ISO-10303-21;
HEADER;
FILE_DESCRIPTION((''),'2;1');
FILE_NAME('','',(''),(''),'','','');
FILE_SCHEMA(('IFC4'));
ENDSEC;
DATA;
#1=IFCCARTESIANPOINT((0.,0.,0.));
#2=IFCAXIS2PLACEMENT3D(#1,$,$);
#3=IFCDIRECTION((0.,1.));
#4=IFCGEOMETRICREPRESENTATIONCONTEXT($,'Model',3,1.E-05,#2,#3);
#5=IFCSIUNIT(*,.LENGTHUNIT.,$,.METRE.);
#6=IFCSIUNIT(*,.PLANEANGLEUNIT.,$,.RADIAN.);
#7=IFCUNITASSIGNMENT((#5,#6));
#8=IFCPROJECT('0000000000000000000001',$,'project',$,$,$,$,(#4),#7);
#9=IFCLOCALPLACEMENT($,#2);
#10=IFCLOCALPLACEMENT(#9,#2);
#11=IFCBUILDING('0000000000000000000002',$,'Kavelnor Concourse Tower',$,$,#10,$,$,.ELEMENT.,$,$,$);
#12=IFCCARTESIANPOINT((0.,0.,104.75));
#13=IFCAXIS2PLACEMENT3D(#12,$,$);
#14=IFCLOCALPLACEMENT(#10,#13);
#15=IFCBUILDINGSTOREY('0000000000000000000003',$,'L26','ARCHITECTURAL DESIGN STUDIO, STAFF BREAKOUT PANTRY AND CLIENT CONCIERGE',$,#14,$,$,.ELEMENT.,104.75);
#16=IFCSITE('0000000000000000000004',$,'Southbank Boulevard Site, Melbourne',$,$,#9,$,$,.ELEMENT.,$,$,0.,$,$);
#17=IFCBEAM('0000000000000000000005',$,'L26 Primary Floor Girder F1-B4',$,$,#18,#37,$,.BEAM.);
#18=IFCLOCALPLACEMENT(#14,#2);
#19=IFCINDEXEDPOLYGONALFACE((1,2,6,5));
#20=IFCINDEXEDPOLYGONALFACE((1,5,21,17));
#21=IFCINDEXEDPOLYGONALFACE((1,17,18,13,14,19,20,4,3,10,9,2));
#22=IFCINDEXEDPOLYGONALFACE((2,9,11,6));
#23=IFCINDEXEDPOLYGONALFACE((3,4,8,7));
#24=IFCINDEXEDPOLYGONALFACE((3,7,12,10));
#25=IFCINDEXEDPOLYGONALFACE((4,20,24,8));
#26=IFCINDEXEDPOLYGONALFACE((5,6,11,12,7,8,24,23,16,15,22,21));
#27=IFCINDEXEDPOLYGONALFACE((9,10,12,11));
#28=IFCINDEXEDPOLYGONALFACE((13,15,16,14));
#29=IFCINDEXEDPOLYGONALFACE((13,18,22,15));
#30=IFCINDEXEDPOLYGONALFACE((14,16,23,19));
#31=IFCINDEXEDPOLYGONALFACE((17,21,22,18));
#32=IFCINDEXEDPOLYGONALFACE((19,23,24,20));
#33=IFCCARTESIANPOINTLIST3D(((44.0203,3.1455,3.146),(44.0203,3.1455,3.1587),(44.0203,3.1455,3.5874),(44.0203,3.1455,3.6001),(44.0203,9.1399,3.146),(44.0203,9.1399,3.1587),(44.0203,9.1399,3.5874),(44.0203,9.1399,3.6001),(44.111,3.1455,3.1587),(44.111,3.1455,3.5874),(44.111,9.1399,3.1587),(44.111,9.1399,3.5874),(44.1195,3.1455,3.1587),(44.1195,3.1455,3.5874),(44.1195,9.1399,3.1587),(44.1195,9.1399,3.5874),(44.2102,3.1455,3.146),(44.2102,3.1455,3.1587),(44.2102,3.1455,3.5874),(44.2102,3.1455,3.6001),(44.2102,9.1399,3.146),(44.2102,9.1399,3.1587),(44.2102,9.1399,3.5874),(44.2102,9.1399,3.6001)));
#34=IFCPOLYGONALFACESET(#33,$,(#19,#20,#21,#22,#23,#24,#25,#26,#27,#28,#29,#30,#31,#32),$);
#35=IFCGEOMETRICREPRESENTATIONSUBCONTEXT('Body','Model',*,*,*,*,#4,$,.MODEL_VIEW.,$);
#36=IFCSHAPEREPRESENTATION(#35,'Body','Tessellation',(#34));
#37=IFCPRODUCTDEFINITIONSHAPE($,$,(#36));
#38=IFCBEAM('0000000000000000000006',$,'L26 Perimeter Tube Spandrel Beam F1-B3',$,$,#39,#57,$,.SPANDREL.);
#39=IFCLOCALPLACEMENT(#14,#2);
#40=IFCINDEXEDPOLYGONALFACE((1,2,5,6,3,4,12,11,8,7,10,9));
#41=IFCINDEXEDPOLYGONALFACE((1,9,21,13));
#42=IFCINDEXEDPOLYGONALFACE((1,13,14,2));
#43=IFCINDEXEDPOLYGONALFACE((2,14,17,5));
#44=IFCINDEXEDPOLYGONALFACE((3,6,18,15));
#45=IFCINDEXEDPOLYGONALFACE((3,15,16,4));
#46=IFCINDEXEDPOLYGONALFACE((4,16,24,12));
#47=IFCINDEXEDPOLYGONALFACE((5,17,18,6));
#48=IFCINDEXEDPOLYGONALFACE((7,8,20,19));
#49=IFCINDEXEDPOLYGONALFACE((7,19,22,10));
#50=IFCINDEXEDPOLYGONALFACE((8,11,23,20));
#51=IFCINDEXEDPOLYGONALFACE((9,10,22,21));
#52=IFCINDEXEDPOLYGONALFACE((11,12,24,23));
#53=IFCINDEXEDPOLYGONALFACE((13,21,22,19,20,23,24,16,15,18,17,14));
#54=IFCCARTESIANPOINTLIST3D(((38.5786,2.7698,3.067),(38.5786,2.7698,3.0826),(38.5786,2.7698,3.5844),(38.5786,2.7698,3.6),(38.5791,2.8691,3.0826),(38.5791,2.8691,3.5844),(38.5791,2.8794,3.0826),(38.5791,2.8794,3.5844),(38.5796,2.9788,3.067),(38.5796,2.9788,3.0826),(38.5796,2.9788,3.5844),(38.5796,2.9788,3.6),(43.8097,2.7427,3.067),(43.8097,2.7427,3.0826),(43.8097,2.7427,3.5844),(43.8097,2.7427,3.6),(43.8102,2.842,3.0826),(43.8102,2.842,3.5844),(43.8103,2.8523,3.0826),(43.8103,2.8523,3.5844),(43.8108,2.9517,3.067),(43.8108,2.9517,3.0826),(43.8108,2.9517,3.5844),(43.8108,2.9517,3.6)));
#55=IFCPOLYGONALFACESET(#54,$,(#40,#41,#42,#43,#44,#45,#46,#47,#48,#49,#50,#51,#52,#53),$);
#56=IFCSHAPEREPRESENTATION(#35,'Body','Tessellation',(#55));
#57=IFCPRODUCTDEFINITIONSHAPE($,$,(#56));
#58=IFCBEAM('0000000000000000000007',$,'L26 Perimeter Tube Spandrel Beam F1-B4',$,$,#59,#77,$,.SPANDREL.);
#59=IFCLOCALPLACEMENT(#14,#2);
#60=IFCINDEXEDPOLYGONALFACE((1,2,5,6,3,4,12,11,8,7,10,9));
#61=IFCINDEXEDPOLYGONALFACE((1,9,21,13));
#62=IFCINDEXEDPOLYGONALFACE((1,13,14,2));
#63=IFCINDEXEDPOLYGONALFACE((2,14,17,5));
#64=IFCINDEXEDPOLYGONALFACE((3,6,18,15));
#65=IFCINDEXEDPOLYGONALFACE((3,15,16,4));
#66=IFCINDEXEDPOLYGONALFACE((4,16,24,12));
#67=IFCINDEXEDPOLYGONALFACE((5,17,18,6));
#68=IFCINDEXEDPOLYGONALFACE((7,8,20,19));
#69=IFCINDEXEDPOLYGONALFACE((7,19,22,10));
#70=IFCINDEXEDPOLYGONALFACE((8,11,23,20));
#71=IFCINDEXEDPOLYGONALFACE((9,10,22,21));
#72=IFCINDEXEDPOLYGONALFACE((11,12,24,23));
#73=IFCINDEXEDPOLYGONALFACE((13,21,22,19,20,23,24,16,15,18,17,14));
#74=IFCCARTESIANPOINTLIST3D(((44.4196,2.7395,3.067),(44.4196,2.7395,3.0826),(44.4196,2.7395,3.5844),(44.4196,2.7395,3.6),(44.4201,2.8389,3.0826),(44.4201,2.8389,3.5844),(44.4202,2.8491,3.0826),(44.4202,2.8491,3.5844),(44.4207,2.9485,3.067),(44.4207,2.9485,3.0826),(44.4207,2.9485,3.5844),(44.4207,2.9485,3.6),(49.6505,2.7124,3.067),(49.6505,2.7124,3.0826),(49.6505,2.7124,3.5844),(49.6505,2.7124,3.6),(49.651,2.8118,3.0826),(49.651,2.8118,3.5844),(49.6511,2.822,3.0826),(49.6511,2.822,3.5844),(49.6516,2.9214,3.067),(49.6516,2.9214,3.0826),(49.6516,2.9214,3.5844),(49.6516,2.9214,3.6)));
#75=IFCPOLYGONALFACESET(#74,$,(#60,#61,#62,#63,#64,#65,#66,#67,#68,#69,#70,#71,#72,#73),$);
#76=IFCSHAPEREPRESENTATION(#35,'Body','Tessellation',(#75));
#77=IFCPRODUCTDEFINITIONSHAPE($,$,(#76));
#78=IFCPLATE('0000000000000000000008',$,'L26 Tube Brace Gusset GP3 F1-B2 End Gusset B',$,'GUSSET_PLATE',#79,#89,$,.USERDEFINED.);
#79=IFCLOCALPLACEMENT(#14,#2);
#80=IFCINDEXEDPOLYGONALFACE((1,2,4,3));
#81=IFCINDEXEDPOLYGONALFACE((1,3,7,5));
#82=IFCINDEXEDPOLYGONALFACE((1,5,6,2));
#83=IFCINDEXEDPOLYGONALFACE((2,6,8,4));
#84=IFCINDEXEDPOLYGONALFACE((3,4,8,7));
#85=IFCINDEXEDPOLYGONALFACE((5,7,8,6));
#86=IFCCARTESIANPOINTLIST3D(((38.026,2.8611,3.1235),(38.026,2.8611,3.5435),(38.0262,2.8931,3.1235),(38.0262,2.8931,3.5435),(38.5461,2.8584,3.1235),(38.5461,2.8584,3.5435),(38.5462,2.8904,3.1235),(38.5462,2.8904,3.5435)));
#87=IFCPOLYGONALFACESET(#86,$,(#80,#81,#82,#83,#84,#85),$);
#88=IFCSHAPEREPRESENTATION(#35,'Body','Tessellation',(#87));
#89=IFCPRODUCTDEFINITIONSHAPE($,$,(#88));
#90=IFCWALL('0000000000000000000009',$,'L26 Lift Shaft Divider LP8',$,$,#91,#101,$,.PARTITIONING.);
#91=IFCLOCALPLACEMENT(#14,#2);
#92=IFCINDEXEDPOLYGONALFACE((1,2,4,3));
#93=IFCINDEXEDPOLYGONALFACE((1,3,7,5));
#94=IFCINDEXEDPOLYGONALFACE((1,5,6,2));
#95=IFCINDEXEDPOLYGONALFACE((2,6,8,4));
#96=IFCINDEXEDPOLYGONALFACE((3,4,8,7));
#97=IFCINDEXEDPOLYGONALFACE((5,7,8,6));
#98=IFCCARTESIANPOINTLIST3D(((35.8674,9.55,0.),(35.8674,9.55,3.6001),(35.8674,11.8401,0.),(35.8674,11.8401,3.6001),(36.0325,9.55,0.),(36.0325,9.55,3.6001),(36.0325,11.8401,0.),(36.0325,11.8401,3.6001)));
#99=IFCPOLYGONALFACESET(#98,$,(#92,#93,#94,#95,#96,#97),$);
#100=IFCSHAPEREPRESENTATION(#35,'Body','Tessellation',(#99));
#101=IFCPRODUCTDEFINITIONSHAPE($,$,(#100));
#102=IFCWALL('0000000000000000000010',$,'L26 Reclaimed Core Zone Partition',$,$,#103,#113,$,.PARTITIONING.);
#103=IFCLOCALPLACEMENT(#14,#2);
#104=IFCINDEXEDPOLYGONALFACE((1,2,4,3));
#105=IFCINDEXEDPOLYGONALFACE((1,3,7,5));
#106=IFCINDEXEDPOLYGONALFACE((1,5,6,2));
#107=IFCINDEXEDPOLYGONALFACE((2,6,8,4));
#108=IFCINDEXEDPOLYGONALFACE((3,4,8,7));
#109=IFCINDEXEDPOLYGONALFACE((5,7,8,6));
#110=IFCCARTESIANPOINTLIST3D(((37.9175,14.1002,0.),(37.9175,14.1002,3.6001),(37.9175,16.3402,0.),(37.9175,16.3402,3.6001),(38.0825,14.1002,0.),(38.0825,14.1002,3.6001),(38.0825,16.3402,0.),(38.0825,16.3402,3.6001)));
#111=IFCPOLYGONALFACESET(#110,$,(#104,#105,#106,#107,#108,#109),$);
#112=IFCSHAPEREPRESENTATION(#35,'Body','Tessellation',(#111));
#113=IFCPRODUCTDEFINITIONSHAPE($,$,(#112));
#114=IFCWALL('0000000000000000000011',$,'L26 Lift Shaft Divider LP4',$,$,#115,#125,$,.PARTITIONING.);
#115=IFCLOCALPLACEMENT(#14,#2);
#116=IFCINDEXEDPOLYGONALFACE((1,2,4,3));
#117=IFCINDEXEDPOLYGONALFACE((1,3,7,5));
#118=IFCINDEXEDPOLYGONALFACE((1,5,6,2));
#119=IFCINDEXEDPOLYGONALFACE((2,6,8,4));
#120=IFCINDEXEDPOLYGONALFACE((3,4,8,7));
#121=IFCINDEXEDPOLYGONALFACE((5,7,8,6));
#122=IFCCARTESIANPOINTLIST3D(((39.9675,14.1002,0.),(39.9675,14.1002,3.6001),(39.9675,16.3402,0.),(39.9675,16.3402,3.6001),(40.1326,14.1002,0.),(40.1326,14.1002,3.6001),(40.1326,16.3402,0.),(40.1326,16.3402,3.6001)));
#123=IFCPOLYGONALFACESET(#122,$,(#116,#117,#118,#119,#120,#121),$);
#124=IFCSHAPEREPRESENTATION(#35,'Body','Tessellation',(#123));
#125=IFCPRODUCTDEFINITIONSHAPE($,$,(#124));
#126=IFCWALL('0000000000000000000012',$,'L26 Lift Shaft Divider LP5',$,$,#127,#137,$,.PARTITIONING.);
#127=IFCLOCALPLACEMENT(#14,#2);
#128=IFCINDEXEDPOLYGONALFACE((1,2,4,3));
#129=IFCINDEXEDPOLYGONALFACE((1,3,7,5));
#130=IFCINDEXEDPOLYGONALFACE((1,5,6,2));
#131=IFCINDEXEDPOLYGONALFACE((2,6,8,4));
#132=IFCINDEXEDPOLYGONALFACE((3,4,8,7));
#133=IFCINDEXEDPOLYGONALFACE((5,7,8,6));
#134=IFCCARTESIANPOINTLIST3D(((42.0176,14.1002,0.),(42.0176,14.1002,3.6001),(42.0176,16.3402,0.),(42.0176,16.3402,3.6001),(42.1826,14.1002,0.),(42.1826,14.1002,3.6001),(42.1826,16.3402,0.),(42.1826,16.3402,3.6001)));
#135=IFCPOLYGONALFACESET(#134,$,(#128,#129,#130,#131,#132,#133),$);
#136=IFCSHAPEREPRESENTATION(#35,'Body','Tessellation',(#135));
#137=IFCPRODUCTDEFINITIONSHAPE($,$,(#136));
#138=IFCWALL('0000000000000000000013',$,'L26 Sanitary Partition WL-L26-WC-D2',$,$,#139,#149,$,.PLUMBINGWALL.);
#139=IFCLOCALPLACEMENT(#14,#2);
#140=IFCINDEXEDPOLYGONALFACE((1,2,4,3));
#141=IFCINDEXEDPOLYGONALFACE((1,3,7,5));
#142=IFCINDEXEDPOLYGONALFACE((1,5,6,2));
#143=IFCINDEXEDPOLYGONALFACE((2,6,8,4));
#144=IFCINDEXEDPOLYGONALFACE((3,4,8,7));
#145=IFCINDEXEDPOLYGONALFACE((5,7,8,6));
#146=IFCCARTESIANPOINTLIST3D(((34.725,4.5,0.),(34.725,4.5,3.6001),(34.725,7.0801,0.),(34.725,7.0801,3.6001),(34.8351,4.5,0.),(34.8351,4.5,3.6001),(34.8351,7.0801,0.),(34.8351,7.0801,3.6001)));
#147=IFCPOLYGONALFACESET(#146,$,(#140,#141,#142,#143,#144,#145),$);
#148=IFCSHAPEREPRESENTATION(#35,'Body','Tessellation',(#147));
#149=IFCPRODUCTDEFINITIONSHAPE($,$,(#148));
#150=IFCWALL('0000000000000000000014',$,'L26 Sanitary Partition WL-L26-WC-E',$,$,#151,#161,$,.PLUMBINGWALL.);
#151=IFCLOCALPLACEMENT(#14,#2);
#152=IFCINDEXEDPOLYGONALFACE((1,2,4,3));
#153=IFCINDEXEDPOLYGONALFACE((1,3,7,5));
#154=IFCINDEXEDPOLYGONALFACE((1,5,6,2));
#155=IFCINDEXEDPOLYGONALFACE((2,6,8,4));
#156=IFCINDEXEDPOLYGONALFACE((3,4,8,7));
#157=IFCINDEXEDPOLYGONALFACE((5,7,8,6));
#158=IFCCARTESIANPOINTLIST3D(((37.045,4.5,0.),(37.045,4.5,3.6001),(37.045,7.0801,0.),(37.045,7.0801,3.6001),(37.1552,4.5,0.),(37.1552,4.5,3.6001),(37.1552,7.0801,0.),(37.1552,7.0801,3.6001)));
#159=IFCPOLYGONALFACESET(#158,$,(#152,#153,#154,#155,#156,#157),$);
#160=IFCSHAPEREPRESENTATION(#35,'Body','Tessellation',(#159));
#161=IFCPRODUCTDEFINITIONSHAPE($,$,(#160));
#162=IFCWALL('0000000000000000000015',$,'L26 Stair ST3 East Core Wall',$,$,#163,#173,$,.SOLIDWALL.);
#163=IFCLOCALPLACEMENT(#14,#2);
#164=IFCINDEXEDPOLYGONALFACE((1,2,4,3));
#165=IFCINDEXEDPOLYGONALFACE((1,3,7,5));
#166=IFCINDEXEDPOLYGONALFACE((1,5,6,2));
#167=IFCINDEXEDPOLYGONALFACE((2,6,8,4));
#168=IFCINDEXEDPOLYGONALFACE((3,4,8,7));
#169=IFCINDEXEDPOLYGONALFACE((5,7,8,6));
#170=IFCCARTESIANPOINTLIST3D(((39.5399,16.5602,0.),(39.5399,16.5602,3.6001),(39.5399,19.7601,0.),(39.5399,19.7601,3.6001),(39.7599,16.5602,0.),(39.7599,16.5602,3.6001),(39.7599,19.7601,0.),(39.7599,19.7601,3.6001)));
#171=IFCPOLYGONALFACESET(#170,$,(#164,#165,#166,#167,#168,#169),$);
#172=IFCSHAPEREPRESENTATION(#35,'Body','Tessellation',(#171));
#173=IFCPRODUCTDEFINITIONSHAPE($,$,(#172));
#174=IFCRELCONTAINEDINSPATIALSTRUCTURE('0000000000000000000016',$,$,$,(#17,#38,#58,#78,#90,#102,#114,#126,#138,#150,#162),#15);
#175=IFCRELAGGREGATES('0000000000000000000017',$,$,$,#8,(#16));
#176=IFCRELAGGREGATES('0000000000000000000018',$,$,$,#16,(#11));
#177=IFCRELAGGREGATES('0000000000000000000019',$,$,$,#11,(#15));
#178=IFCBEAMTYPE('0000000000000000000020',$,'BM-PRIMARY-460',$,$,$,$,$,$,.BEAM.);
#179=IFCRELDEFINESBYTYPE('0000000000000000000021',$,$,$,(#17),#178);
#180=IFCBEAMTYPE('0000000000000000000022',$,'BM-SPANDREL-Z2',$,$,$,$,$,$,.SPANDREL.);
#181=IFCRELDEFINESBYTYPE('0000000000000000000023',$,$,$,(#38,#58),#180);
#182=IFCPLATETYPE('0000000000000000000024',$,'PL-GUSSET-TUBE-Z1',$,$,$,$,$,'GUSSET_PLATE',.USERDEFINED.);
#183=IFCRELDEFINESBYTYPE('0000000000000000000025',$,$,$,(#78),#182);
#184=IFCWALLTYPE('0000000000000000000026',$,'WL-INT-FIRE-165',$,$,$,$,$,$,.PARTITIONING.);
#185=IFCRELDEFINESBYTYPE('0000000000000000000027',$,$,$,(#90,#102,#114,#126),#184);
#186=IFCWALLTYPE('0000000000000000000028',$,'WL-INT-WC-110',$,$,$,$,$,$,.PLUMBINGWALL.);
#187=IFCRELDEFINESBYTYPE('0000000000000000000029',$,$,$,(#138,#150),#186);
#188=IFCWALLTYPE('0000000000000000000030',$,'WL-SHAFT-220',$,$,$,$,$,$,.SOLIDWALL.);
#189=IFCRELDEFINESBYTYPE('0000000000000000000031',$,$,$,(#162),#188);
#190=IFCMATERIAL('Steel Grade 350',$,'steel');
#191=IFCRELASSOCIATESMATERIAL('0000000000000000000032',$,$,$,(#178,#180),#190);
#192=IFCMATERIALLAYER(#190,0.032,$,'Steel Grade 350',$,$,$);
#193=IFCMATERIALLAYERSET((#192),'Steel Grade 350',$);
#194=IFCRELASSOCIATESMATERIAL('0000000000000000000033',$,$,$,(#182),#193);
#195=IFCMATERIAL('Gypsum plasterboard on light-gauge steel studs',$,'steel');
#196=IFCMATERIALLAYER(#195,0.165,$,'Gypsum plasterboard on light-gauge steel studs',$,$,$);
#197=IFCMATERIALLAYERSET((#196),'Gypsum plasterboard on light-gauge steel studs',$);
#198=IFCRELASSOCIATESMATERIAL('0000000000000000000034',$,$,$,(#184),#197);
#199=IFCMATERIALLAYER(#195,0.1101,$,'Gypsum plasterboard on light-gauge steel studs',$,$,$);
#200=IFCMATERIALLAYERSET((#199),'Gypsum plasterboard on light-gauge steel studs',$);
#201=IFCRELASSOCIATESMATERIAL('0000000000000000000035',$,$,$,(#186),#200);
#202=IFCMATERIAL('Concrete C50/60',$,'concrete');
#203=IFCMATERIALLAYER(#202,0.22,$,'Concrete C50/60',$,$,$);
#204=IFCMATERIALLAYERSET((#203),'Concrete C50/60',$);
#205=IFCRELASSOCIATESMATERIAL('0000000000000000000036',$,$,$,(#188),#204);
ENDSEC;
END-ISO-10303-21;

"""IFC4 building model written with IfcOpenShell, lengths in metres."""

from ifc_helpers import new_model, si_unit, direction, frame, frame_2d, origin, origin_2d, place, context, subcontext, project, spatial, rectangle, i_section, extrude, material, layer, layer_set, material_profile, profile_set, type_object, element, save


model = new_model("IFC4")

# Units and contexts
model_context = context("Model", 3, precision=1e-05, world=origin(), true_north=direction((0.0, 1.0)))
body_context = subcontext(model_context, "Body", "Model", "MODEL_VIEW")
ifc_project = project(units=[si_unit("LENGTHUNIT", "METRE"), si_unit("PLANEANGLEUNIT", "RADIAN")], contexts=[model_context])

# Site, building, storey
site_placement = place(None, origin())
site = spatial("IfcSite", under=ifc_project, at=site_placement, Name="Southbank Boulevard Site, Melbourne", CompositionType="ELEMENT", RefElevation=0.0)
building_placement = place(site_placement, origin())
building = spatial("IfcBuilding", under=site, at=building_placement, Name="Kavelnor Concourse Tower", CompositionType="ELEMENT")
storey_placement = place(building_placement, frame((0.0, 0.0, 104.75)))
storey = spatial("IfcBuildingStorey", under=building, at=storey_placement, Name="L26", Description="ARCHITECTURAL DESIGN STUDIO, STAFF BREAKOUT PANTRY AND CLIENT CONCIERGE", CompositionType="ELEMENT", Elevation=104.75)

# Shared definitions
ifc_material_1 = material(Name="Steel Grade 350", Category="steel")

# Beams
ifc_material_profile_1 = material_profile(ifc_material_1, i_section(OverallWidth=0.1899, OverallDepth=0.4541, WebThickness=0.0085, FlangeThickness=0.0127, at=origin_2d()), Name="460UB67")
ifc_profile_set_1 = profile_set([ifc_material_profile_1], Name="Steel Grade 350")
beam_type_1 = type_object("IfcBeamType", Name="BM-PRIMARY-460", PredefinedType="BEAM", material=ifc_profile_set_1)
beam_1_placement = place(storey_placement, frame((44.1152, 9.1399, 3.373), z_axis=(0.0, -1.0, 0.0), x_axis=(1.0, 0.0, 0.0)))
element("IfcBeam", 1, at=beam_1_placement, inside=storey, type_object=beam_type_1, Name="L26 Primary Floor Girder F1-B4", PredefinedType="BEAM", context=body_context, shape_type="SweptSolid", body=[
    extrude(i_section(OverallWidth=0.1899, OverallDepth=0.4541, WebThickness=0.0085, FlangeThickness=0.0127, at=origin_2d()), origin(), (0.0, 0.0, 1.0), 5.9944),
])
ifc_material_profile_2 = material_profile(ifc_material_1, i_section(OverallWidth=0.209, OverallDepth=0.533, WebThickness=0.0103, FlangeThickness=0.0156, at=origin_2d()), Name="530UB92")
ifc_profile_set_2 = profile_set([ifc_material_profile_2], Name="Steel Grade 350")
beam_type_2 = type_object("IfcBeamType", Name="BM-SPANDREL-Z2", PredefinedType="SPANDREL", material=ifc_profile_set_2)
beam_2_placement = place(storey_placement, frame((38.5791, 2.8743, 3.3335), z_axis=(0.999987, -0.00518, 0.0), x_axis=(0.00518, 0.999987, 0.0)))
element("IfcBeam", 2, at=beam_2_placement, inside=storey, type_object=beam_type_2, Name="L26 Perimeter Tube Spandrel Beam F1-B3", PredefinedType="SPANDREL", context=body_context, shape_type="SweptSolid", body=[
    extrude(i_section(OverallWidth=0.209, OverallDepth=0.533, WebThickness=0.0103, FlangeThickness=0.0156, at=origin_2d()), origin(), (0.0, 0.0, 1.0), 5.2312),
])
beam_3_placement = place(storey_placement, frame((44.4202, 2.844, 3.3335), z_axis=(0.999987, -0.005181, 0.0), x_axis=(0.005181, 0.999987, 0.0)))
element("IfcBeam", 3, at=beam_3_placement, inside=storey, type_object=beam_type_2, Name="L26 Perimeter Tube Spandrel Beam F1-B4", PredefinedType="SPANDREL", context=body_context, shape_type="SweptSolid", body=[
    extrude(i_section(OverallWidth=0.209, OverallDepth=0.533, WebThickness=0.0103, FlangeThickness=0.0156, at=origin_2d()), origin(), (0.0, 0.0, 1.0), 5.231),
])

# Plate
ifc_layer_1 = layer(ifc_material_1, 0.032, Name="Steel Grade 350")
ifc_layer_set_1 = layer_set([ifc_layer_1], Name="Steel Grade 350")
plate_type = type_object("IfcPlateType", Name="PL-GUSSET-TUBE-Z1", ElementType="GUSSET_PLATE", PredefinedType="USERDEFINED", material=ifc_layer_set_1)
plate_placement = place(storey_placement, frame((38.2861, 2.8757, 3.1235), z_axis=(0.0, 0.0, 1.0), x_axis=(0.999986, -0.005236, 0.0)))
element("IfcPlate", 4, at=plate_placement, inside=storey, type_object=plate_type, Name="L26 Tube Brace Gusset GP3 F1-B2 End Gusset B", ObjectType="GUSSET_PLATE", PredefinedType="USERDEFINED", context=body_context, shape_type="SweptSolid", body=[
    extrude(rectangle(XDim=0.52, YDim=0.032, at=origin_2d()), origin(), (0.0, 0.0, 1.0), 0.4199),
])

# Walls
ifc_material_2 = material(Name="Gypsum plasterboard on light-gauge steel studs", Category="steel")
ifc_layer_2 = layer(ifc_material_2, 0.165, Name="Gypsum plasterboard on light-gauge steel studs")
ifc_layer_set_2 = layer_set([ifc_layer_2], Name="Gypsum plasterboard on light-gauge steel studs")
wall_type_1 = type_object("IfcWallType", Name="WL-INT-FIRE-165", PredefinedType="PARTITIONING", material=ifc_layer_set_2)
wall_1_placement = place(storey_placement, frame((35.95, 9.55, 0.0), z_axis=(0.0, 0.0, 1.0), x_axis=(0.0, 1.0, 0.0)))
element("IfcWall", 5, at=wall_1_placement, inside=storey, type_object=wall_type_1, Name="L26 Lift Shaft Divider LP8", PredefinedType="PARTITIONING", context=body_context, shape_type="SweptSolid", body=[
    extrude(rectangle(XDim=2.29, YDim=0.165, at=frame_2d((1.145, 0.0))), origin(), (0.0, 0.0, 1.0), 3.6001),
])
for number, where, z_axis, x_axis, name in (
    (6, (38.0, 14.1001, 0.0), (0.0, 0.0, 1.0), (0.0, 1.0, 0.0), "L26 Reclaimed Core Zone Partition"),
    (7, (40.05, 14.1001, 0.0), (0.0, 0.0, 1.0), (0.0, 1.0, 0.0), "L26 Lift Shaft Divider LP4"),
    (8, (42.1001, 14.1001, 0.0), (0.0, 0.0, 1.0), (0.0, 1.0, 0.0), "L26 Lift Shaft Divider LP5"),
):
    element("IfcWall", number, at=place(storey_placement, frame(where, z_axis=z_axis, x_axis=x_axis)), inside=storey, type_object=wall_type_1, Name=name, PredefinedType="PARTITIONING", context=body_context, shape_type="SweptSolid", body=[
        extrude(rectangle(XDim=2.24, YDim=0.165, at=frame_2d((1.1201, 0.0))), origin(), (0.0, 0.0, 1.0), 3.6001),
    ])
ifc_layer_3 = layer(ifc_material_2, 0.1101, Name="Gypsum plasterboard on light-gauge steel studs")
ifc_layer_set_3 = layer_set([ifc_layer_3], Name="Gypsum plasterboard on light-gauge steel studs")
wall_type_2 = type_object("IfcWallType", Name="WL-INT-WC-110", PredefinedType="PLUMBINGWALL", material=ifc_layer_set_3)
for number, where, z_axis, x_axis, name in (
    (9, (34.78, 4.5, 0.0), (0.0, 0.0, 1.0), (0.0, 1.0, 0.0), "L26 Sanitary Partition WL-L26-WC-D2"),
    (10, (37.1001, 4.5, 0.0), (0.0, 0.0, 1.0), (0.0, 1.0, 0.0), "L26 Sanitary Partition WL-L26-WC-E"),
):
    element("IfcWall", number, at=place(storey_placement, frame(where, z_axis=z_axis, x_axis=x_axis)), inside=storey, type_object=wall_type_2, Name=name, PredefinedType="PLUMBINGWALL", context=body_context, shape_type="SweptSolid", body=[
        extrude(rectangle(XDim=2.5801, YDim=0.1101, at=frame_2d((1.29, 0.0))), origin(), (0.0, 0.0, 1.0), 3.6001),
    ])
ifc_material_3 = material(Name="Concrete C50/60", Category="concrete")
ifc_layer_4 = layer(ifc_material_3, 0.22, Name="Concrete C50/60")
ifc_layer_set_4 = layer_set([ifc_layer_4], Name="Concrete C50/60")
wall_type_3 = type_object("IfcWallType", Name="WL-SHAFT-220", PredefinedType="SOLIDWALL", material=ifc_layer_set_4)
wall_2_placement = place(storey_placement, frame((39.6499, 16.5601, 0.0), z_axis=(0.0, 0.0, 1.0), x_axis=(0.0, 1.0, 0.0)))
element("IfcWall", 11, at=wall_2_placement, inside=storey, type_object=wall_type_3, Name="L26 Stair ST3 East Core Wall", PredefinedType="SOLIDWALL", context=body_context, shape_type="SweptSolid", body=[
    extrude(rectangle(XDim=3.2, YDim=0.22, at=frame_2d((1.6001, 0.0))), origin(), (0.0, 0.0, 1.0), 3.6001),
])

save(model, "model.ifc")
